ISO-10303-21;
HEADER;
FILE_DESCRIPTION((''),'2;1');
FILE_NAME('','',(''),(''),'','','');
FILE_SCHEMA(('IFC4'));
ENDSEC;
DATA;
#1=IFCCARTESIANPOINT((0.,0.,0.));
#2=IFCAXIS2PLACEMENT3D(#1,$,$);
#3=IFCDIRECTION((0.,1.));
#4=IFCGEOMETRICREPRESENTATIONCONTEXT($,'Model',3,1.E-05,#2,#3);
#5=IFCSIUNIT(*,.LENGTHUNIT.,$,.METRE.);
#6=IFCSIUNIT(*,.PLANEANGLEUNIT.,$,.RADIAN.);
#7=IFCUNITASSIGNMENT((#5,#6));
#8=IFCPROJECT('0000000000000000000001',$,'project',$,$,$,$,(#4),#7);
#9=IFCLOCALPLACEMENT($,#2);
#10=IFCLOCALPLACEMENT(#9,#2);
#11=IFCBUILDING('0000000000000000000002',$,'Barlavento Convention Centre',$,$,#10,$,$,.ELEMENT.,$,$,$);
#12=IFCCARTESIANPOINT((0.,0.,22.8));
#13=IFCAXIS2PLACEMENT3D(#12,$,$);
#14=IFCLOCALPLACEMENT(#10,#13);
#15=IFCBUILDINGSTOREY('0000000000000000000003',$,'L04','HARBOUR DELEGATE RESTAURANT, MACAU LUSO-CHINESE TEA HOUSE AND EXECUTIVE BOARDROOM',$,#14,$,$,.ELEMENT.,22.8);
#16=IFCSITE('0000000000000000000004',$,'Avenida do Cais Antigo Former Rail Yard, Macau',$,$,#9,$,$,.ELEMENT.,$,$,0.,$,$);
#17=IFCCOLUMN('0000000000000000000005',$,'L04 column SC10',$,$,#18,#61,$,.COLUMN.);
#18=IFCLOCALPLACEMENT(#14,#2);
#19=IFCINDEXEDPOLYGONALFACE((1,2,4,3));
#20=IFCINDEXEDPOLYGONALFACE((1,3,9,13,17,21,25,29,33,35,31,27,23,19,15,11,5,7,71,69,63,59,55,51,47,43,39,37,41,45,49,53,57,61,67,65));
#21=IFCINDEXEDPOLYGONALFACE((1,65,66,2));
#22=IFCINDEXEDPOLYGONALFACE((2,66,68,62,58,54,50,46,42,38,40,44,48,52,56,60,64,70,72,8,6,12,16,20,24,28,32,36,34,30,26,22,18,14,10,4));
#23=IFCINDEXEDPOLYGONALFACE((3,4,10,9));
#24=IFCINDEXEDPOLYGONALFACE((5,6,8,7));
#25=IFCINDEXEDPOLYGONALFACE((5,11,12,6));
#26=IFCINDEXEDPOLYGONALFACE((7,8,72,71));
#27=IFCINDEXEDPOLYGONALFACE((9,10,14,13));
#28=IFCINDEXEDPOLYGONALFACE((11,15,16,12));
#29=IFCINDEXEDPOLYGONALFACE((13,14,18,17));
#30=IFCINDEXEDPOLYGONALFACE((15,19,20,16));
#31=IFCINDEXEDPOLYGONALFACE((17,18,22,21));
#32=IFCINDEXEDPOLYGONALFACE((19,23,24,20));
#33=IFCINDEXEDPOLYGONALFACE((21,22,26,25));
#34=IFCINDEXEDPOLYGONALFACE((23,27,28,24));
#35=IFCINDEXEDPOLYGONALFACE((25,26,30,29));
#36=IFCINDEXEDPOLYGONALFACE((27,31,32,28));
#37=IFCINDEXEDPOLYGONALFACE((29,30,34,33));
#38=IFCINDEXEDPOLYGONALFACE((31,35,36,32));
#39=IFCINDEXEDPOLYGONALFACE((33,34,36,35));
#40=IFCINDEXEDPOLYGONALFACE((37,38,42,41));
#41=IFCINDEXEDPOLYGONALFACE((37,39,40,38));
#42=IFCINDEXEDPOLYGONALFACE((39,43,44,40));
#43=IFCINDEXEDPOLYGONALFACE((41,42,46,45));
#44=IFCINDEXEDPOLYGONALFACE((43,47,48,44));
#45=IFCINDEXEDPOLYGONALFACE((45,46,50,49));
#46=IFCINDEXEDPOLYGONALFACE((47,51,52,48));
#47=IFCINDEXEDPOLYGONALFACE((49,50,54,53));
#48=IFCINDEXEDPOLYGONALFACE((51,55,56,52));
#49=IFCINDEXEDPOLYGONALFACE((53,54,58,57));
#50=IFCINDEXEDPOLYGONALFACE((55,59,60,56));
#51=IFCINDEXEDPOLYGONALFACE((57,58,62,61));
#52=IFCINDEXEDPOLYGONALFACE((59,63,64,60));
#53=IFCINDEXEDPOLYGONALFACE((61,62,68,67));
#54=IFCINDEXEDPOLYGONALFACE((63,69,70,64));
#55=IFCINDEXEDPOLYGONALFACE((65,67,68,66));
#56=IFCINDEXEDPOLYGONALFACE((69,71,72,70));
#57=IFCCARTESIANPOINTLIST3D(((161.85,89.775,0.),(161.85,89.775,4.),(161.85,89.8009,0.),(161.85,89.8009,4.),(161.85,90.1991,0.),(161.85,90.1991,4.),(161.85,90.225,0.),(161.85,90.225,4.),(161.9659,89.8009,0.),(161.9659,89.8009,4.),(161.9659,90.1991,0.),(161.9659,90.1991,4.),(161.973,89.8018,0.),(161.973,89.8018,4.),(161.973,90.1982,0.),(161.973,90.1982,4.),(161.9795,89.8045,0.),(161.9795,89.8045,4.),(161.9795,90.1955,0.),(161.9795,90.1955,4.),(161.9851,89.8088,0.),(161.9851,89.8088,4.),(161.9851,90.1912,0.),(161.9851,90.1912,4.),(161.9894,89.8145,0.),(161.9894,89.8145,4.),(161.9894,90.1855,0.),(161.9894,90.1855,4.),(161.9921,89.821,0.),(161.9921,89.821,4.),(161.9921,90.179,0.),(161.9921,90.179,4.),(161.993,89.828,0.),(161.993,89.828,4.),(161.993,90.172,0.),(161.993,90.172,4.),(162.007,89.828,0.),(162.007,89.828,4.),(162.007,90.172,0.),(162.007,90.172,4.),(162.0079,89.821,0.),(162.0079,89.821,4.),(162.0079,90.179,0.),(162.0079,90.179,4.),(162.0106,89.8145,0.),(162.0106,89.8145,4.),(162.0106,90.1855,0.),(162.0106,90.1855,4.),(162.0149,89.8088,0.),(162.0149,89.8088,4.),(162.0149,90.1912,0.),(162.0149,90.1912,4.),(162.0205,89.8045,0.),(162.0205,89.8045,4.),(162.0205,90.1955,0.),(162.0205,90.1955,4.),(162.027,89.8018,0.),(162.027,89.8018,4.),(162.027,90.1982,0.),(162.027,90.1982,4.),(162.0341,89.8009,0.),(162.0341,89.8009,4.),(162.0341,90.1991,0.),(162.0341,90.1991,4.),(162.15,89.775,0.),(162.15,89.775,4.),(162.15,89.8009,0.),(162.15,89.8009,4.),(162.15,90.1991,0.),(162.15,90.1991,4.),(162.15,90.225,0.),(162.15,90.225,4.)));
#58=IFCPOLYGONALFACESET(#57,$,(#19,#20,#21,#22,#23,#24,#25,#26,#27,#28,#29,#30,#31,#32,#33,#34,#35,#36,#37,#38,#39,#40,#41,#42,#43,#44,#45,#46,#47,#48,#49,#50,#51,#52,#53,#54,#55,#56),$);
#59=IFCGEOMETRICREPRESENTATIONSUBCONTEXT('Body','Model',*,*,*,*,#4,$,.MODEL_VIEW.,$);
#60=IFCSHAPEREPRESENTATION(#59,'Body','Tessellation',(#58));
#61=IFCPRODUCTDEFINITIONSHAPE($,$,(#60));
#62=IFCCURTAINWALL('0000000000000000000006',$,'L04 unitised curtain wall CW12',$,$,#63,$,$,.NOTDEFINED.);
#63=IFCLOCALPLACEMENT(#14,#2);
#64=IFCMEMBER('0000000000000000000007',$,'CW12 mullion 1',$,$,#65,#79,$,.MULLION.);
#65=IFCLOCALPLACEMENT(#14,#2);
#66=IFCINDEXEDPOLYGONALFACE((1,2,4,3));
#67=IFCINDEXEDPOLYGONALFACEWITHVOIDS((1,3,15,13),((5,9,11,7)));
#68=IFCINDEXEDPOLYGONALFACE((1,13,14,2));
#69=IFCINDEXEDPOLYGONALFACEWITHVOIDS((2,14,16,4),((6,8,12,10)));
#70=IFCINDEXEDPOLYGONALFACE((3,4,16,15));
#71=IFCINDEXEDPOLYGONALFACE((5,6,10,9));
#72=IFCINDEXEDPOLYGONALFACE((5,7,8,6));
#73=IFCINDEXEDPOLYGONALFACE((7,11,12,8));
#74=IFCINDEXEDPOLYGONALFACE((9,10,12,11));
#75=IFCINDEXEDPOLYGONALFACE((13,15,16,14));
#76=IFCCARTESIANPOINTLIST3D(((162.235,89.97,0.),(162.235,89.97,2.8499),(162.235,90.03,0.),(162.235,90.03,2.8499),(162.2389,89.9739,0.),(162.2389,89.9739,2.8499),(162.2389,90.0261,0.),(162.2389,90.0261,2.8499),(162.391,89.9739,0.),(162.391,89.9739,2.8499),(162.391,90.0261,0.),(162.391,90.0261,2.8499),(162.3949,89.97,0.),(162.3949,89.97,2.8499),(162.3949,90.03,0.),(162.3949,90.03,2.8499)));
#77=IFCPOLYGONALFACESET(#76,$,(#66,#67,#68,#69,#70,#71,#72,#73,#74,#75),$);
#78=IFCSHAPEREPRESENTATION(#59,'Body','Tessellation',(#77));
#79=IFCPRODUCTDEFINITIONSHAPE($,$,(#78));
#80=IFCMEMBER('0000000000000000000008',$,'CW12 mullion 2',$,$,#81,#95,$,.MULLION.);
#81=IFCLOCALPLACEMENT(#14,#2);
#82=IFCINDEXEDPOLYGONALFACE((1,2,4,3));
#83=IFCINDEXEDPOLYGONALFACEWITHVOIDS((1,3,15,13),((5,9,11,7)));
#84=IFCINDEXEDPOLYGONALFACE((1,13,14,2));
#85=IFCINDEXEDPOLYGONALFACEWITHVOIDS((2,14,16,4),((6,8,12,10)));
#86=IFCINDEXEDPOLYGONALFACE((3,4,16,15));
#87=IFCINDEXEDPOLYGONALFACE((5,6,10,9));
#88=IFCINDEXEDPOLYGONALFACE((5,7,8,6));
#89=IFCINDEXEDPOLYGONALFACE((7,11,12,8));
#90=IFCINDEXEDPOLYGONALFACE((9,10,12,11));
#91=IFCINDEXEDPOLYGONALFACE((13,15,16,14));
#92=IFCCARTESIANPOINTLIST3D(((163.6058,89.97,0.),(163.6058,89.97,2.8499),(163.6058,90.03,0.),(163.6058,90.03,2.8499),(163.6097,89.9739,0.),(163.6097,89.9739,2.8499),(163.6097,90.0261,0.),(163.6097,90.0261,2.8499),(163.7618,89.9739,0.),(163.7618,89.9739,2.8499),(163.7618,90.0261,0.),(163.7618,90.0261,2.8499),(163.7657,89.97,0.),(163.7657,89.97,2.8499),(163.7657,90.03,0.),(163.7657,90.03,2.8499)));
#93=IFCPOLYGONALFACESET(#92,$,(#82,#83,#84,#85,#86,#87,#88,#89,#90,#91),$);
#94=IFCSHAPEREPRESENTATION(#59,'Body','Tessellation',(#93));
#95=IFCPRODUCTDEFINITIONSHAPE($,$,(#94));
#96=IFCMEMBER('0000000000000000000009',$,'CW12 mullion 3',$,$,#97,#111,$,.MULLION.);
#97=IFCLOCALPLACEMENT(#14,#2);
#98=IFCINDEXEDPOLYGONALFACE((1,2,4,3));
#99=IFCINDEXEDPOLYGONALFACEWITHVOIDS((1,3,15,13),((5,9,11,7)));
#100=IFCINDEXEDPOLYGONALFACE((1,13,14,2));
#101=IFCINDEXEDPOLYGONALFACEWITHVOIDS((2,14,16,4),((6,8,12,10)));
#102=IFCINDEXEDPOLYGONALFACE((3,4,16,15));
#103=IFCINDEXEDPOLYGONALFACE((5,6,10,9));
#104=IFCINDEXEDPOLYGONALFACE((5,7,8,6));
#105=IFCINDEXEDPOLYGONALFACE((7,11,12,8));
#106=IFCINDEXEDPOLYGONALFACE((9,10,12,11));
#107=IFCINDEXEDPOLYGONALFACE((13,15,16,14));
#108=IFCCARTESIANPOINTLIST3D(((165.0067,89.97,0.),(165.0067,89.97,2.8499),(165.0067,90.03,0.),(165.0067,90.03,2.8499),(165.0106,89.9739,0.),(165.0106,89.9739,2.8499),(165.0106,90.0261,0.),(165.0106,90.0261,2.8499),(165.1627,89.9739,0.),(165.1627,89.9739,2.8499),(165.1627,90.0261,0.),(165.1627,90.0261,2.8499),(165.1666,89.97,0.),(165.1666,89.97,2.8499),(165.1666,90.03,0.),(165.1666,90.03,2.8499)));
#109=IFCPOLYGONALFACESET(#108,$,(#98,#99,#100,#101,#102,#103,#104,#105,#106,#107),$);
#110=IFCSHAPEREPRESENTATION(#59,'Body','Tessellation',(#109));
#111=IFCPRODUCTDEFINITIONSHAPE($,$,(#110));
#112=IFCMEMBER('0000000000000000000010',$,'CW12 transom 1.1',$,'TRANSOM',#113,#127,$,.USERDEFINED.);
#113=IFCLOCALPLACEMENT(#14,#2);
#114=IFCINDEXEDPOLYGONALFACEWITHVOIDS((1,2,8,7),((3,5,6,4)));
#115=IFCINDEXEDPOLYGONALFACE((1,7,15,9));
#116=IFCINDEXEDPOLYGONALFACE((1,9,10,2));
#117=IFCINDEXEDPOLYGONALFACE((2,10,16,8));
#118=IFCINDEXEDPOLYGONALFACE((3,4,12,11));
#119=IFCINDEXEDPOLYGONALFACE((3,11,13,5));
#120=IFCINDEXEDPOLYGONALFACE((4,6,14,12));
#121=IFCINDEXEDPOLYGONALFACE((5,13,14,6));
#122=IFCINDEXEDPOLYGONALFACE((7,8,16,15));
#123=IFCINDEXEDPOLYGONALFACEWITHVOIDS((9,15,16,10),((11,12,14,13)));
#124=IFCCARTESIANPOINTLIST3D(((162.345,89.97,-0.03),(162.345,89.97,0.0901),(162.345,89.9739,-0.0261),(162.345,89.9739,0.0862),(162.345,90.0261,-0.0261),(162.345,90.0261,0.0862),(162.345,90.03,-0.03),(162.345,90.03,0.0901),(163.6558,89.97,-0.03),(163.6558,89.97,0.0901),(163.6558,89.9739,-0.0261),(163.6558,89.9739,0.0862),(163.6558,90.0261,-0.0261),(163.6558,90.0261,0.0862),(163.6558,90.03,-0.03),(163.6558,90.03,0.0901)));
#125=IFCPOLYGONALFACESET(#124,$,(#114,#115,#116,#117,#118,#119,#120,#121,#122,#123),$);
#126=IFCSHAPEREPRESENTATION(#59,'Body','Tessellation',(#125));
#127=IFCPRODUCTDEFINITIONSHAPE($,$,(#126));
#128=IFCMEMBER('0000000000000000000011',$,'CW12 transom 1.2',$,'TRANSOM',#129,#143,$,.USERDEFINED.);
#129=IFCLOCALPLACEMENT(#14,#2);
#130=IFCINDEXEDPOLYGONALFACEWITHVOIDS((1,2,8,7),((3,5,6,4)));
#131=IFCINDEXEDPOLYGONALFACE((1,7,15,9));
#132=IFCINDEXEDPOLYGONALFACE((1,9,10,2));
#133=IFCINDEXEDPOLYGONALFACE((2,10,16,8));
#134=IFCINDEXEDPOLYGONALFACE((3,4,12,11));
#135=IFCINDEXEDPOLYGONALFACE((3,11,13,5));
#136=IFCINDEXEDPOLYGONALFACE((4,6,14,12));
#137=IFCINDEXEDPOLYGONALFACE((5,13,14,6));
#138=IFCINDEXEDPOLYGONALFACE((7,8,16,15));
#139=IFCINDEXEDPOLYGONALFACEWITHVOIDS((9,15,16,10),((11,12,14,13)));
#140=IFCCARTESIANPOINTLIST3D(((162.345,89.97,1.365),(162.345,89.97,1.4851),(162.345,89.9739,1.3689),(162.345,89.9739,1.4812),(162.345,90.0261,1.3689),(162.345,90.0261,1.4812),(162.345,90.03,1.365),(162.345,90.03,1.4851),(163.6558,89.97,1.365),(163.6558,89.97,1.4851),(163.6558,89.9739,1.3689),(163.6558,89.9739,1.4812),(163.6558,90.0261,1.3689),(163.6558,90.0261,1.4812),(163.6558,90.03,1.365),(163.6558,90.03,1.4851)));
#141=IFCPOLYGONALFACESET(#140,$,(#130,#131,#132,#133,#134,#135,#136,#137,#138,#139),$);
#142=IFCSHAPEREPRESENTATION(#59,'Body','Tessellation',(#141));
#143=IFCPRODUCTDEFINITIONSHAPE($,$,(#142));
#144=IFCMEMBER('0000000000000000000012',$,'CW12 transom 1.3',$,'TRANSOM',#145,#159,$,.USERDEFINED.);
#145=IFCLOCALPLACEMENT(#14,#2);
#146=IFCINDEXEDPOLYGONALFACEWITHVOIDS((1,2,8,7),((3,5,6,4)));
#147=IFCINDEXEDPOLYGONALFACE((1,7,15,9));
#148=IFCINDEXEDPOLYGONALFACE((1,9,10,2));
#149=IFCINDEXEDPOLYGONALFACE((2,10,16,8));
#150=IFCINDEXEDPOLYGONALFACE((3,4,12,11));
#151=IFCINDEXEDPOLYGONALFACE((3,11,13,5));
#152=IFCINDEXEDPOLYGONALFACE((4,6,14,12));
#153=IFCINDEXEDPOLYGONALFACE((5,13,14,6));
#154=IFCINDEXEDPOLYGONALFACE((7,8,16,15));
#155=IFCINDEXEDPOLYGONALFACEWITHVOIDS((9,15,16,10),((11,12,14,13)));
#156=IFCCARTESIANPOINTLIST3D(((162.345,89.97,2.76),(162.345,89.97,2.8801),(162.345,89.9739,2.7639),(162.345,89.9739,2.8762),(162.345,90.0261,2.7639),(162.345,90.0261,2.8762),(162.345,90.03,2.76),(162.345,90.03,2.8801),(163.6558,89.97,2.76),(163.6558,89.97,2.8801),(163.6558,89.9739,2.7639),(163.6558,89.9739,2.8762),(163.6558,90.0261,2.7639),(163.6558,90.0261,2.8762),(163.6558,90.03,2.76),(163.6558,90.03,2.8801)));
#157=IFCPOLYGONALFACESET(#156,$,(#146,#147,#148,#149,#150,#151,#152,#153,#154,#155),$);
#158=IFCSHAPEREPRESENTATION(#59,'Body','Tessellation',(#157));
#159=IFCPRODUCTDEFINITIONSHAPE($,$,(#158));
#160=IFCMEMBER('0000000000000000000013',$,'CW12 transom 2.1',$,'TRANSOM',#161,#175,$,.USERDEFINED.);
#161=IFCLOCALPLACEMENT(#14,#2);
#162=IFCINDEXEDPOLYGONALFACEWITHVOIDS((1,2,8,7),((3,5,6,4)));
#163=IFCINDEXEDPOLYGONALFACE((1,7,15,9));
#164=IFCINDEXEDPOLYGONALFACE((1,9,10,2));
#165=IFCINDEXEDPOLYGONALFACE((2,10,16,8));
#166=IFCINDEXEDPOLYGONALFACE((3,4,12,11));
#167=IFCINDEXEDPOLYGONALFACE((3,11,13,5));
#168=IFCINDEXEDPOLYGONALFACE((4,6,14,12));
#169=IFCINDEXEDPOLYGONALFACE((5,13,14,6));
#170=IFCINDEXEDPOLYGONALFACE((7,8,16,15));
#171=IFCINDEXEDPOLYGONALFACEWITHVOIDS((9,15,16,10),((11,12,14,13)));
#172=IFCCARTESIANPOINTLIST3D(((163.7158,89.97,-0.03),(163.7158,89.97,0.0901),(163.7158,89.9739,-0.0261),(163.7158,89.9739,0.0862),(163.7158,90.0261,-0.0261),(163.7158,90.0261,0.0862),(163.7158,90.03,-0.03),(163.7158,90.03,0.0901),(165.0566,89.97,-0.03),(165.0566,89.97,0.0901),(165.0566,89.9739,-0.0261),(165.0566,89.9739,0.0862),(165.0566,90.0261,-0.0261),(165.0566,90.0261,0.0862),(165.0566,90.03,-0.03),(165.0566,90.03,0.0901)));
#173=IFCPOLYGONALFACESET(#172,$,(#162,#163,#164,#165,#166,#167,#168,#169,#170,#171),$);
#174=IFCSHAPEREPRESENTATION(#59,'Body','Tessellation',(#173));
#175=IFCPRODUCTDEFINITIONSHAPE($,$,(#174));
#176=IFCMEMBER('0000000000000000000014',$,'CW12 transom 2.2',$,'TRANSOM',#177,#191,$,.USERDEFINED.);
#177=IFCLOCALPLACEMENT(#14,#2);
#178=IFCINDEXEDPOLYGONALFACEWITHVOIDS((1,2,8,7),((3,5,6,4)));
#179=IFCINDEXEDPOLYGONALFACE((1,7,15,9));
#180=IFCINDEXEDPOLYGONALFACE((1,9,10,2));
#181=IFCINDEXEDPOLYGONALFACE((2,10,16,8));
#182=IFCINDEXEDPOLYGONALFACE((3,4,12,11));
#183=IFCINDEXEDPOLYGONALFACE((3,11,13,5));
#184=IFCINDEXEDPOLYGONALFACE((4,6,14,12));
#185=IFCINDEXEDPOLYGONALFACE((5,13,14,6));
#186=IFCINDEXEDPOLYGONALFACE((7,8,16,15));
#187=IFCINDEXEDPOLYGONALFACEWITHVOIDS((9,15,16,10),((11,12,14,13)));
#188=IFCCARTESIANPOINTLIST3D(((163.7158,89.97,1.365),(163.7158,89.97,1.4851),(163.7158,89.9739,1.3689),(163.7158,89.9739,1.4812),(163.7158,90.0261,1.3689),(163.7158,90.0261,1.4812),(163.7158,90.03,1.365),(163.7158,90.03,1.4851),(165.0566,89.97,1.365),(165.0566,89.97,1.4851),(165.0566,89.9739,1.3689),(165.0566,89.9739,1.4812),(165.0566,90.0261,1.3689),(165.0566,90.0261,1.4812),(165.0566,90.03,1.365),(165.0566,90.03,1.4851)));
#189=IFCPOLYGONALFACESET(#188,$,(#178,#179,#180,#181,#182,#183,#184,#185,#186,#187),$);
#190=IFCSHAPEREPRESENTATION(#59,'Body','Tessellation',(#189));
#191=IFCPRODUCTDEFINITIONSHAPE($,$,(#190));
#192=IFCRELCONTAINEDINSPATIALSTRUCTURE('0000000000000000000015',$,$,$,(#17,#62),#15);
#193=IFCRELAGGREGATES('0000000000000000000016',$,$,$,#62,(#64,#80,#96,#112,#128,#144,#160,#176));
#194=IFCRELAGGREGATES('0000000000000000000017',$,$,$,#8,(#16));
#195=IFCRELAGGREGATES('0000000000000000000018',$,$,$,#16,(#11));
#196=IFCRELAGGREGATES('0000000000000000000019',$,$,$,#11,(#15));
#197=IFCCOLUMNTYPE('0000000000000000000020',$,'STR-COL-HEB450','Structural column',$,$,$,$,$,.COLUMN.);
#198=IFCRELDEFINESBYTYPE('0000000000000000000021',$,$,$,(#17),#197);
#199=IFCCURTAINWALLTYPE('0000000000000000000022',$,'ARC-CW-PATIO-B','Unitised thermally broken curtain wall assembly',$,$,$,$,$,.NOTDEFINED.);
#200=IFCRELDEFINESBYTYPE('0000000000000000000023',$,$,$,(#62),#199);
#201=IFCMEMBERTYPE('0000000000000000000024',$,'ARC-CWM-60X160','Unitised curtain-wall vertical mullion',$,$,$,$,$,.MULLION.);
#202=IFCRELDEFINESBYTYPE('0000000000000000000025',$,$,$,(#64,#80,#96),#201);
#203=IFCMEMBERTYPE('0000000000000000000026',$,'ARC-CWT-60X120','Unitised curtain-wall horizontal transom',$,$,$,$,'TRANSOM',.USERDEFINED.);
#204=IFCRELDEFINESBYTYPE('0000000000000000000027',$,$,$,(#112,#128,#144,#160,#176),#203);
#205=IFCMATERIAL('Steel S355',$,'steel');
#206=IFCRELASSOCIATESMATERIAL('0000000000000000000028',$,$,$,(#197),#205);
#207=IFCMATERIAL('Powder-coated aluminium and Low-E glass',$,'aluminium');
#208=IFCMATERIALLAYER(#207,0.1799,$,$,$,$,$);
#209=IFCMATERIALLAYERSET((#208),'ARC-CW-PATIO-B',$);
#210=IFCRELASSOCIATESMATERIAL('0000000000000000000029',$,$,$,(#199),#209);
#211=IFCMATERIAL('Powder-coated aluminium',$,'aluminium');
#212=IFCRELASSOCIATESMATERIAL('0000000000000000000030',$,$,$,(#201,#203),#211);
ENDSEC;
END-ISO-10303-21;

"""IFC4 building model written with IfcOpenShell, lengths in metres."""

from ifc_helpers import new_model, si_unit, direction, frame, origin, origin_2d, place, context, subcontext, project, spatial, hollow_rectangle, i_section, extrude, material, layer, layer_set, material_profile, profile_set, type_object, element, aggregate, save


model = new_model("IFC4")

# Units and contexts
model_context = context("Model", 3, precision=1e-05, world=origin(), true_north=direction((0.0, 1.0)))
body_context = subcontext(model_context, "Body", "Model", "MODEL_VIEW")
ifc_project = project(units=[si_unit("LENGTHUNIT", "METRE"), si_unit("PLANEANGLEUNIT", "RADIAN")], contexts=[model_context])

# Site, building, storey
site_placement = place(None, origin())
site = spatial("IfcSite", under=ifc_project, at=site_placement, Name="Avenida do Cais Antigo Former Rail Yard, Macau", CompositionType="ELEMENT", RefElevation=0.0)
building_placement = place(site_placement, origin())
building = spatial("IfcBuilding", under=site, at=building_placement, Name="Barlavento Convention Centre", CompositionType="ELEMENT")
storey_placement = place(building_placement, frame((0.0, 0.0, 22.8)))
storey = spatial("IfcBuildingStorey", under=building, at=storey_placement, Name="L04", Description="HARBOUR DELEGATE RESTAURANT, MACAU LUSO-CHINESE TEA HOUSE AND EXECUTIVE BOARDROOM", CompositionType="ELEMENT", Elevation=22.8)

# Column
ifc_material_1 = material(Name="Steel S355", Category="steel")
ifc_material_profile_1 = material_profile(ifc_material_1, i_section(OverallWidth=0.3, OverallDepth=0.45, WebThickness=0.0139, FlangeThickness=0.0259, FilletRadius=0.0271, at=origin_2d()), Name="HEB 450")
ifc_profile_set_1 = profile_set([ifc_material_profile_1], Name="Steel S355")
column_type = type_object("IfcColumnType", Name="STR-COL-HEB450", Description="Structural column", PredefinedType="COLUMN", material=ifc_profile_set_1)
column_placement = place(storey_placement, frame((162.0, 90.0, 0.0), z_axis=(0.0, 0.0, 1.0), x_axis=(1.0, 0.0, 0.0)))
element("IfcColumn", 1, at=column_placement, inside=storey, type_object=column_type, Name="L04 column SC10", PredefinedType="COLUMN", context=body_context, shape_type="SweptSolid", body=[
    extrude(i_section(OverallWidth=0.3, OverallDepth=0.45, WebThickness=0.0139, FlangeThickness=0.0259, FilletRadius=0.0271, at=origin_2d()), origin(), (0.0, 0.0, 1.0), 4.0),
])

# Curtain wall, members
ifc_material_2 = material(Name="Powder-coated aluminium and Low-E glass", Category="aluminium")
ifc_layer_1 = layer(ifc_material_2, 0.1799)
ifc_layer_set_1 = layer_set([ifc_layer_1], Name="ARC-CW-PATIO-B")
curtain_wall_type = type_object("IfcCurtainWallType", Name="ARC-CW-PATIO-B", Description="Unitised thermally broken curtain wall assembly", PredefinedType="NOTDEFINED", material=ifc_layer_set_1)
curtain_wall_placement = place(storey_placement, origin())
curtain_wall = element("IfcCurtainWall", 2, at=curtain_wall_placement, inside=storey, type_object=curtain_wall_type, Name="L04 unitised curtain wall CW12", PredefinedType="NOTDEFINED")
ifc_material_3 = material(Name="Powder-coated aluminium", Category="aluminium")
ifc_material_profile_2 = material_profile(ifc_material_3, hollow_rectangle(XDim=0.0601, YDim=0.1599, WallThickness=0.0039, at=origin_2d()), Name="AL-MULL 60x160x4")
ifc_profile_set_2 = profile_set([ifc_material_profile_2], Name="Powder-coated aluminium")
member_type_1 = type_object("IfcMemberType", Name="ARC-CWM-60X160", Description="Unitised curtain-wall vertical mullion", PredefinedType="MULLION", material=ifc_profile_set_2)
member_1_placement = place(storey_placement, frame((162.3149, 90.0, 0.0), z_axis=(0.0, 0.0, 1.0), x_axis=(0.0, 1.0, 0.0)))
member_1 = element("IfcMember", 3, at=member_1_placement, type_object=member_type_1, Name="CW12 mullion 1", PredefinedType="MULLION", context=body_context, shape_type="SweptSolid", body=[
    extrude(hollow_rectangle(XDim=0.0601, YDim=0.1599, WallThickness=0.0039, at=origin_2d()), origin(), (0.0, 0.0, 1.0), 2.8499),
])
member_2_placement = place(storey_placement, frame((163.6858, 90.0, 0.0), z_axis=(0.0, 0.0, 1.0), x_axis=(0.0, 1.0, 0.0)))
member_2 = element("IfcMember", 4, at=member_2_placement, type_object=member_type_1, Name="CW12 mullion 2", PredefinedType="MULLION", context=body_context, shape_type="SweptSolid", body=[
    extrude(hollow_rectangle(XDim=0.0601, YDim=0.1599, WallThickness=0.0039, at=origin_2d()), origin(), (0.0, 0.0, 1.0), 2.8499),
])
member_3_placement = place(storey_placement, frame((165.0867, 90.0, 0.0), z_axis=(0.0, 0.0, 1.0), x_axis=(0.0, 1.0, 0.0)))
member_3 = element("IfcMember", 5, at=member_3_placement, type_object=member_type_1, Name="CW12 mullion 3", PredefinedType="MULLION", context=body_context, shape_type="SweptSolid", body=[
    extrude(hollow_rectangle(XDim=0.0601, YDim=0.1599, WallThickness=0.0039, at=origin_2d()), origin(), (0.0, 0.0, 1.0), 2.8499),
])
ifc_material_profile_3 = material_profile(ifc_material_3, hollow_rectangle(XDim=0.0601, YDim=0.1201, WallThickness=0.0039, at=origin_2d()), Name="AL-TRAN 60x120x4")
ifc_profile_set_3 = profile_set([ifc_material_profile_3], Name="Powder-coated aluminium")
member_type_2 = type_object("IfcMemberType", Name="ARC-CWT-60X120", Description="Unitised curtain-wall horizontal transom", ElementType="TRANSOM", PredefinedType="USERDEFINED", material=ifc_profile_set_3)
member_4_placement = place(storey_placement, frame((162.345, 90.0, 0.03), z_axis=(1.0, 0.0, 0.0), x_axis=(0.0, 1.0, 0.0)))
member_4 = element("IfcMember", 6, at=member_4_placement, type_object=member_type_2, Name="CW12 transom 1.1", ObjectType="TRANSOM", PredefinedType="USERDEFINED", context=body_context, shape_type="SweptSolid", body=[
    extrude(hollow_rectangle(XDim=0.0601, YDim=0.1201, WallThickness=0.0039, at=origin_2d()), origin(), (0.0, 0.0, 1.0), 1.3108),
])
member_5_placement = place(storey_placement, frame((162.345, 90.0, 1.425), z_axis=(1.0, 0.0, 0.0), x_axis=(0.0, 1.0, 0.0)))
member_5 = element("IfcMember", 7, at=member_5_placement, type_object=member_type_2, Name="CW12 transom 1.2", ObjectType="TRANSOM", PredefinedType="USERDEFINED", context=body_context, shape_type="SweptSolid", body=[
    extrude(hollow_rectangle(XDim=0.0601, YDim=0.1201, WallThickness=0.0039, at=origin_2d()), origin(), (0.0, 0.0, 1.0), 1.3108),
])
member_6_placement = place(storey_placement, frame((162.345, 90.0, 2.8201), z_axis=(1.0, 0.0, 0.0), x_axis=(0.0, 1.0, 0.0)))
member_6 = element("IfcMember", 8, at=member_6_placement, type_object=member_type_2, Name="CW12 transom 1.3", ObjectType="TRANSOM", PredefinedType="USERDEFINED", context=body_context, shape_type="SweptSolid", body=[
    extrude(hollow_rectangle(XDim=0.0601, YDim=0.1201, WallThickness=0.0039, at=origin_2d()), origin(), (0.0, 0.0, 1.0), 1.3108),
])
member_7_placement = place(storey_placement, frame((163.7158, 90.0, 0.03), z_axis=(1.0, 0.0, 0.0), x_axis=(0.0, 1.0, 0.0)))
member_7 = element("IfcMember", 9, at=member_7_placement, type_object=member_type_2, Name="CW12 transom 2.1", ObjectType="TRANSOM", PredefinedType="USERDEFINED", context=body_context, shape_type="SweptSolid", body=[
    extrude(hollow_rectangle(XDim=0.0601, YDim=0.1201, WallThickness=0.0039, at=origin_2d()), origin(), (0.0, 0.0, 1.0), 1.3408),
])
member_8_placement = place(storey_placement, frame((163.7158, 90.0, 1.425), z_axis=(1.0, 0.0, 0.0), x_axis=(0.0, 1.0, 0.0)))
member_8 = element("IfcMember", 10, at=member_8_placement, type_object=member_type_2, Name="CW12 transom 2.2", ObjectType="TRANSOM", PredefinedType="USERDEFINED", context=body_context, shape_type="SweptSolid", body=[
    extrude(hollow_rectangle(XDim=0.0601, YDim=0.1201, WallThickness=0.0039, at=origin_2d()), origin(), (0.0, 0.0, 1.0), 1.3408),
])

aggregate(curtain_wall, [member_1, member_2, member_3, member_4, member_5, member_6, member_7, member_8])

save(model, "model.ifc")
